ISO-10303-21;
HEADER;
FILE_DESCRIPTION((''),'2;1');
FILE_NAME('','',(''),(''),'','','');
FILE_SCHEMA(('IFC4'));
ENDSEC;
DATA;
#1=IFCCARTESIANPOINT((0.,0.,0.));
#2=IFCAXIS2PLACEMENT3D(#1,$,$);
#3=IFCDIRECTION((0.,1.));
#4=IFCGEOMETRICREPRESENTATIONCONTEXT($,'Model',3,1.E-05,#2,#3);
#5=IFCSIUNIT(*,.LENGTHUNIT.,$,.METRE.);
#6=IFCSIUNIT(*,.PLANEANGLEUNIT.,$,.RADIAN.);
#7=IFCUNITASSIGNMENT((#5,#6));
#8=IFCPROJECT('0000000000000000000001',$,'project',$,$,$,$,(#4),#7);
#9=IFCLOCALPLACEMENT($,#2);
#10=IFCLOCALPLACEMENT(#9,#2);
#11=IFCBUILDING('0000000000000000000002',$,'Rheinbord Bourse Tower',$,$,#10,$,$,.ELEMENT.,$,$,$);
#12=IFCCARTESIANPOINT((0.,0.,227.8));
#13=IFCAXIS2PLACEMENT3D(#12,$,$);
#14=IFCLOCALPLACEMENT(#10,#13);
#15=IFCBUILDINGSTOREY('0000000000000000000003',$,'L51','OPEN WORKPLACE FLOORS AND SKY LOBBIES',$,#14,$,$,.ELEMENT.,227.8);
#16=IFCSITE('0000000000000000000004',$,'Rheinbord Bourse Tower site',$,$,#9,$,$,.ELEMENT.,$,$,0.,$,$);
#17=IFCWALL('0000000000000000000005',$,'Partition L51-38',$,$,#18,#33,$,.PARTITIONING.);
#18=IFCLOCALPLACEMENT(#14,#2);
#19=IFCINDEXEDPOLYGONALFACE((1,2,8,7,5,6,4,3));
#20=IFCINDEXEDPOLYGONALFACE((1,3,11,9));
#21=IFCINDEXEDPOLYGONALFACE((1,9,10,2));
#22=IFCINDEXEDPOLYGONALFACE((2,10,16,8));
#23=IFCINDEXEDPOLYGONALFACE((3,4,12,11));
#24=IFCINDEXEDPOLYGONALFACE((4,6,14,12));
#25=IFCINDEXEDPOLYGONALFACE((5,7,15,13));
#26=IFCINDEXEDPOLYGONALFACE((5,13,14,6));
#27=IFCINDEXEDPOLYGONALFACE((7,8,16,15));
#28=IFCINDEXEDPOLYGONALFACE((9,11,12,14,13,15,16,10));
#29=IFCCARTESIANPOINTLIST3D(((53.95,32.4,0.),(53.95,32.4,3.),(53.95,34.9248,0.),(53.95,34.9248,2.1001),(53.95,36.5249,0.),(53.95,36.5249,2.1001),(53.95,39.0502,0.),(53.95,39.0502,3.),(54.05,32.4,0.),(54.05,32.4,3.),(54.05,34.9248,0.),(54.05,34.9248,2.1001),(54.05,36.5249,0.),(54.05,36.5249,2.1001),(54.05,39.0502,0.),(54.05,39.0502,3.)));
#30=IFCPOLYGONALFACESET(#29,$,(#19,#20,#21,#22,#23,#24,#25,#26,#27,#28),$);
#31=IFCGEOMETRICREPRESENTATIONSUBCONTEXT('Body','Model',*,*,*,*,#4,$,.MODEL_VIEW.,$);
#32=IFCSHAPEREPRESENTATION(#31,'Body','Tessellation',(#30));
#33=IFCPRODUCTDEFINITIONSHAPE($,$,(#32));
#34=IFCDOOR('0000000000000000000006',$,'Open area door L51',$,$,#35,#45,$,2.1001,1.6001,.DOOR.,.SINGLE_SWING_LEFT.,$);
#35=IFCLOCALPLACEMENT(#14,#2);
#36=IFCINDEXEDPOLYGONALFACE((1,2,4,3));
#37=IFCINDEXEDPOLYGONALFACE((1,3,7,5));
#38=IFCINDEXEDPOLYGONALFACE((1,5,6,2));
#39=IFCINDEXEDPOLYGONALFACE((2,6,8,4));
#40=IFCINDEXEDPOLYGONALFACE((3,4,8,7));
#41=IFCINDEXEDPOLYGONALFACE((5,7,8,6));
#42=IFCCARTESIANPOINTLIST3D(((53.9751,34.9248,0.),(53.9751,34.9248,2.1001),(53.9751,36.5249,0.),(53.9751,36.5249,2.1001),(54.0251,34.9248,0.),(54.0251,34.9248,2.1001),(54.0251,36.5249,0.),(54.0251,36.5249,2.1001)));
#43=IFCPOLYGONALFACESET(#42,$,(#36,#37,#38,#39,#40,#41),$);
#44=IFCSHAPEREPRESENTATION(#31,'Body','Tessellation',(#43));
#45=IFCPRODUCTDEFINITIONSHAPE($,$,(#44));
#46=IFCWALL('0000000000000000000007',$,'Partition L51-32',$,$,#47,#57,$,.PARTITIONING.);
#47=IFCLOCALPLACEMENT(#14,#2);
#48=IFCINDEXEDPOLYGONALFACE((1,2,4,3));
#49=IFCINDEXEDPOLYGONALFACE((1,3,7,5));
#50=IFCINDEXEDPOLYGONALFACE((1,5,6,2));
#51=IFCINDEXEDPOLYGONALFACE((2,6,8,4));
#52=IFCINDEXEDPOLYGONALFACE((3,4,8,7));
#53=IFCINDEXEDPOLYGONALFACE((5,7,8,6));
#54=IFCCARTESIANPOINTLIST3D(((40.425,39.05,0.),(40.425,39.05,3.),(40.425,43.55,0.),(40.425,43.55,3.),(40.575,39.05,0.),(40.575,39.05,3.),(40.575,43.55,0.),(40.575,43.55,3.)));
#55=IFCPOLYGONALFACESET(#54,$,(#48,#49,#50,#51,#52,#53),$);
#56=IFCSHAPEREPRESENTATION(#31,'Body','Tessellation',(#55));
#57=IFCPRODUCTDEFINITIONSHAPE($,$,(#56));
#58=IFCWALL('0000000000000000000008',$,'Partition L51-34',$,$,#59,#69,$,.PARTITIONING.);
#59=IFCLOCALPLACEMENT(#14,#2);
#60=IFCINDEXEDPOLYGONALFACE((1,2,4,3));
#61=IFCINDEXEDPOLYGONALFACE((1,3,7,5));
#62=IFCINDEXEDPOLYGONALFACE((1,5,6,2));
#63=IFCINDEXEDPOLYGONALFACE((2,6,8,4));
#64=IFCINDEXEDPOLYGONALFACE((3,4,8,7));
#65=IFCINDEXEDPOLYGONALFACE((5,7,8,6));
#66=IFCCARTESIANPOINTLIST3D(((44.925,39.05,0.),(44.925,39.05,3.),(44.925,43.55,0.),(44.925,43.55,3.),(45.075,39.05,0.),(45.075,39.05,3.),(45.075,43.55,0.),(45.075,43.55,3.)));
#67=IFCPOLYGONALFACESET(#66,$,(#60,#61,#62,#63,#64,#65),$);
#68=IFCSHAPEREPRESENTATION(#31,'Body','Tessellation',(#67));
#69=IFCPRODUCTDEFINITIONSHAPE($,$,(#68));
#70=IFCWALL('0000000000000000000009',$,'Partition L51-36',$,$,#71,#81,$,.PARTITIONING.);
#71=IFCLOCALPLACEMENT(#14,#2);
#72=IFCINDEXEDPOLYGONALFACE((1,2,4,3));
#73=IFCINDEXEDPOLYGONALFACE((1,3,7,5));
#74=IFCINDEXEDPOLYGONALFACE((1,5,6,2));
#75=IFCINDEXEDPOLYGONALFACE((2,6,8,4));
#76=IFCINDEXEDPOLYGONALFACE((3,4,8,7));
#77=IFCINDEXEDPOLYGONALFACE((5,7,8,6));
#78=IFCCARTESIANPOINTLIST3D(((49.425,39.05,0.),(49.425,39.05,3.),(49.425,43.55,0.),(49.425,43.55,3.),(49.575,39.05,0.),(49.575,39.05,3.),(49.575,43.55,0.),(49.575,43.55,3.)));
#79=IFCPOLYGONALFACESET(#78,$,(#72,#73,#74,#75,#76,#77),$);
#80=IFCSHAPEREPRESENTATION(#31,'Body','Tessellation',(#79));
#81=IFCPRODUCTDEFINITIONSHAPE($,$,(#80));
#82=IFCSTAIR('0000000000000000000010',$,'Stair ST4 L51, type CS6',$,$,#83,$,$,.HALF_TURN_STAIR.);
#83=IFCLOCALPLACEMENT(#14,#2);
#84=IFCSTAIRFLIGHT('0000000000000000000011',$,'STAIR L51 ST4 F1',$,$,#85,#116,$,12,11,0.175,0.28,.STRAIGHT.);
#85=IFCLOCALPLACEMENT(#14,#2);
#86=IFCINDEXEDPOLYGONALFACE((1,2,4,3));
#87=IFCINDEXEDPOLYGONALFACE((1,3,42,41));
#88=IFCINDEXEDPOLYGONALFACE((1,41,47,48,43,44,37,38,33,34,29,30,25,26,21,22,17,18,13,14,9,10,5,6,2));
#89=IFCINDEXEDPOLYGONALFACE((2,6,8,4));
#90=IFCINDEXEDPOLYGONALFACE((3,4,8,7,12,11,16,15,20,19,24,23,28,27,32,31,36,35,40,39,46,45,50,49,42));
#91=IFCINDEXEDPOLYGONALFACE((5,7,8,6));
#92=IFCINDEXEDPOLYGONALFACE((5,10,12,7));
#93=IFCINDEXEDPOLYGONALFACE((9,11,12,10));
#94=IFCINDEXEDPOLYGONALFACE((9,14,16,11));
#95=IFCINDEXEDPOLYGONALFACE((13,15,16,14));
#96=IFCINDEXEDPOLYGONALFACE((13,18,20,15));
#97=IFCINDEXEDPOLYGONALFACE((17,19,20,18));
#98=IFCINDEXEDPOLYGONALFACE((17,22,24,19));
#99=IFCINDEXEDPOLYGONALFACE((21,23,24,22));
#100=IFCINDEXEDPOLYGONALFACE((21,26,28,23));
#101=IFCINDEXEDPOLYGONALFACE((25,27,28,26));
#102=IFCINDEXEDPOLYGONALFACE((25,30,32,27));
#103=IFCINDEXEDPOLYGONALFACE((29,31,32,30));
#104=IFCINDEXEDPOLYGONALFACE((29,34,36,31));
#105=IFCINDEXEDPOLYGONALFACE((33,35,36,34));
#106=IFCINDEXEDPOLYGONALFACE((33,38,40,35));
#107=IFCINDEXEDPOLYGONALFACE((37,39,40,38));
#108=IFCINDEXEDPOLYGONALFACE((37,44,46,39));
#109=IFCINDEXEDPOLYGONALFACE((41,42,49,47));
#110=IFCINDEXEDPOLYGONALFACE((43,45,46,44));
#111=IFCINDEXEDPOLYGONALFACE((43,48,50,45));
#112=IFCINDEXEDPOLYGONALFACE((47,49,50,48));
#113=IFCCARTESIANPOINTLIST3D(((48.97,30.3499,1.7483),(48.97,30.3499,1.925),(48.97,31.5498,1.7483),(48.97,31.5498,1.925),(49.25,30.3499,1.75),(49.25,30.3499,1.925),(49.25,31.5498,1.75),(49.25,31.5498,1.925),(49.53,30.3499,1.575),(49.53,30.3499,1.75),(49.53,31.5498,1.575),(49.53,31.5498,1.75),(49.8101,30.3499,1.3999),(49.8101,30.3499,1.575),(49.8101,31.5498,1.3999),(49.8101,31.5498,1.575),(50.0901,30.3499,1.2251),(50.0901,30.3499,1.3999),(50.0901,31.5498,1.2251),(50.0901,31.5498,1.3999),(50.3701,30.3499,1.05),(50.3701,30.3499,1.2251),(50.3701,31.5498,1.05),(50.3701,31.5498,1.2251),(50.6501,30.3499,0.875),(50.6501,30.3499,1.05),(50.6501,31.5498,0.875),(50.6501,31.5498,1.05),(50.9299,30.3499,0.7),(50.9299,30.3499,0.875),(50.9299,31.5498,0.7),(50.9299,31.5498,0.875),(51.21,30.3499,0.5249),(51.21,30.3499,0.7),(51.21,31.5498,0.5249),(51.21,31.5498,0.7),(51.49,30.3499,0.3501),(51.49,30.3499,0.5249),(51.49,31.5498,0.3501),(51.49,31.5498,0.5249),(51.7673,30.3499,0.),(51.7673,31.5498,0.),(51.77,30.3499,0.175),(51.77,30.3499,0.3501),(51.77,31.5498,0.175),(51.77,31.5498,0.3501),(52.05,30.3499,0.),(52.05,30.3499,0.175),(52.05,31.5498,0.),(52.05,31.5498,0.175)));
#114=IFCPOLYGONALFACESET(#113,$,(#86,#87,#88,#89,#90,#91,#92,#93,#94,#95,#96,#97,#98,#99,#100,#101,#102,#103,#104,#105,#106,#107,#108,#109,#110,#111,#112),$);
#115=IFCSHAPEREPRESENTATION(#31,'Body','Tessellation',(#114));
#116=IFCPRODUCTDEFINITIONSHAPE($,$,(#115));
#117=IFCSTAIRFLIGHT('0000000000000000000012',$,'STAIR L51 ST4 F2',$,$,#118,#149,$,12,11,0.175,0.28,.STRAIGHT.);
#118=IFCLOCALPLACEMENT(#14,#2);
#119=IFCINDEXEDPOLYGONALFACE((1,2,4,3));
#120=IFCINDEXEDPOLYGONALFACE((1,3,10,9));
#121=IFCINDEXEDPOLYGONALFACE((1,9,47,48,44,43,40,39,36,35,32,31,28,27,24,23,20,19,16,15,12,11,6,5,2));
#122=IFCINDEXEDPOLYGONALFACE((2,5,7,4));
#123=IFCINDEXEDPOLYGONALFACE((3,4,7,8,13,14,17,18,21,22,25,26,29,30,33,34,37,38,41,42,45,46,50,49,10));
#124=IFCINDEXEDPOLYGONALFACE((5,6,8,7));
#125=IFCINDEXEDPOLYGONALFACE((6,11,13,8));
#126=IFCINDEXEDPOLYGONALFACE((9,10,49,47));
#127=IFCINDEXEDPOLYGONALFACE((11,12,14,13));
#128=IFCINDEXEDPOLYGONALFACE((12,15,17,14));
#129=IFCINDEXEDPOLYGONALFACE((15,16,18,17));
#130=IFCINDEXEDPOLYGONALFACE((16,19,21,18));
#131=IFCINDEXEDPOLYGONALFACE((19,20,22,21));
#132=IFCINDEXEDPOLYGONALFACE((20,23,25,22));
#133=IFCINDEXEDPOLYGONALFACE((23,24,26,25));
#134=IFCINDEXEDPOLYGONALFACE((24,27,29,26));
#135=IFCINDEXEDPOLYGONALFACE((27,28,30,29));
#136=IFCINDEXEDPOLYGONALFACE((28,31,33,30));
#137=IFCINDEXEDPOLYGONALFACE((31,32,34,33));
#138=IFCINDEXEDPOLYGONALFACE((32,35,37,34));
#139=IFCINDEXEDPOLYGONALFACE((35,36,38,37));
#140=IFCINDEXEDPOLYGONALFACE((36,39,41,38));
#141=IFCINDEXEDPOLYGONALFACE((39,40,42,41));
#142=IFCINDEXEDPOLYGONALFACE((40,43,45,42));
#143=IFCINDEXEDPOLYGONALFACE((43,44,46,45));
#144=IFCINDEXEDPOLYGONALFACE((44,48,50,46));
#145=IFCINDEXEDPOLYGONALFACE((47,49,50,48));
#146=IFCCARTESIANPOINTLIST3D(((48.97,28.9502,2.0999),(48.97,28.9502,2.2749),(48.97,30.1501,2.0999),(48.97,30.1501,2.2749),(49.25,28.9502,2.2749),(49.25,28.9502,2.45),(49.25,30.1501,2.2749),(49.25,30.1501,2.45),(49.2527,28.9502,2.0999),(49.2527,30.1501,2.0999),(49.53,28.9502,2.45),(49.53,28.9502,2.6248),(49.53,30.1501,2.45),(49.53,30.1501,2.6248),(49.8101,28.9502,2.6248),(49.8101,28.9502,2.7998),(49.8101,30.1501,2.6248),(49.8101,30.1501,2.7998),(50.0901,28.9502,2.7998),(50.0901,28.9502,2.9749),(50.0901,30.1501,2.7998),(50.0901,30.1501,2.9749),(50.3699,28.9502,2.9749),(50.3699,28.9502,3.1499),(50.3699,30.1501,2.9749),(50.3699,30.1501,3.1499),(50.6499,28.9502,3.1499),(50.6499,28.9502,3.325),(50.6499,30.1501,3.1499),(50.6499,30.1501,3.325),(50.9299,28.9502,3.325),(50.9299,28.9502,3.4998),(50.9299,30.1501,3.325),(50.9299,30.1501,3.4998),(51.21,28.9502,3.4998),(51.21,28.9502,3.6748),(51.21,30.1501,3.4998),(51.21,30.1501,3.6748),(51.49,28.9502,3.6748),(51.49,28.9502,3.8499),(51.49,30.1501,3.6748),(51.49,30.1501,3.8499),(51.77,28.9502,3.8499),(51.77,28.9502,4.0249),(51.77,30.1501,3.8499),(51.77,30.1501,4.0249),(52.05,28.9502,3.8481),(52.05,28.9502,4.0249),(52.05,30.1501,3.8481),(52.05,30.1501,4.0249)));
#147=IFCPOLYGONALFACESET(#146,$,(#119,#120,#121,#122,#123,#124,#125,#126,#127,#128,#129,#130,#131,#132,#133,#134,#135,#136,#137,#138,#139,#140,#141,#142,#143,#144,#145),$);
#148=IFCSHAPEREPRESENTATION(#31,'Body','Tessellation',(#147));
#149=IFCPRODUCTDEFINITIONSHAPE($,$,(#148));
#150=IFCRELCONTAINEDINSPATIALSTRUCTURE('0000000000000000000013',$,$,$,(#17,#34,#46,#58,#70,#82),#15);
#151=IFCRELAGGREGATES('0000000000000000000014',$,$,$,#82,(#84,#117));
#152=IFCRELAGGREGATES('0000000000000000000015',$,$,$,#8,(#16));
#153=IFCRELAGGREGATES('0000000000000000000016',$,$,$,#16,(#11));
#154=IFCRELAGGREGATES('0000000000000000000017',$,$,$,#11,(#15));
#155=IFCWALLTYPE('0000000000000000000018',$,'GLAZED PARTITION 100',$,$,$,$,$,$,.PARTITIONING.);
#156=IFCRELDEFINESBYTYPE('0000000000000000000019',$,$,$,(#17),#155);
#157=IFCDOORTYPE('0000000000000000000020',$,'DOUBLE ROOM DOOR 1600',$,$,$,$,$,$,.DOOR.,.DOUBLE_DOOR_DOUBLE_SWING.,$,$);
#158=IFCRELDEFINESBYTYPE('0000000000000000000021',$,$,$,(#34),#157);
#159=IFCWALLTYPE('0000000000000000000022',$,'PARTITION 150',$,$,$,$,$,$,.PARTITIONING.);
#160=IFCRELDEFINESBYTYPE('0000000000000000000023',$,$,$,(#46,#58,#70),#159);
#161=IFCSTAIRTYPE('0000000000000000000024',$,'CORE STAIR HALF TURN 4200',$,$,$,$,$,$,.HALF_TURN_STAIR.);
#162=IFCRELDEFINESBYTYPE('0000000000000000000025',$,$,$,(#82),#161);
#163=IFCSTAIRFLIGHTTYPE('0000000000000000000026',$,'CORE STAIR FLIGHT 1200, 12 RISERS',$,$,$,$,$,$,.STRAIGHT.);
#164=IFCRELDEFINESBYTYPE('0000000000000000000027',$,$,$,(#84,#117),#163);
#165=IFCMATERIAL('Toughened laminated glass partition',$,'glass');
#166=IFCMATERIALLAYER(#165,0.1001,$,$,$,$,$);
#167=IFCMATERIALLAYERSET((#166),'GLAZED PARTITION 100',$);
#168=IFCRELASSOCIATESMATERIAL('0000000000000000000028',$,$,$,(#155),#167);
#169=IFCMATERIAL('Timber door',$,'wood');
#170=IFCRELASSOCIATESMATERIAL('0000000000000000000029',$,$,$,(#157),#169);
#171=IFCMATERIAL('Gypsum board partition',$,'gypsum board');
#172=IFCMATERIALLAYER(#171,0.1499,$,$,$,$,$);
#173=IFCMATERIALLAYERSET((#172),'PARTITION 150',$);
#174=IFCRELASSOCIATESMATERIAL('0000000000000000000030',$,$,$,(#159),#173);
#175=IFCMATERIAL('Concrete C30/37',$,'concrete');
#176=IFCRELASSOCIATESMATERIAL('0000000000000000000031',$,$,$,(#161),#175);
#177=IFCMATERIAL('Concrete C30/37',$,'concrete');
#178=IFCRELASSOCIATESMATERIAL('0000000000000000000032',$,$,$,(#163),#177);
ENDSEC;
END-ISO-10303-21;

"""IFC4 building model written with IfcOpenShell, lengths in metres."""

from ifc_helpers import new_model, si_unit, direction, frame, frame_2d, origin, place, context, subcontext, project, spatial, polyline, rectangle, outline, extrude, material, layer, layer_set, type_object, element, fill, aggregate, save


model = new_model("IFC4")

# Units and contexts
model_context = context("Model", 3, precision=1e-05, world=origin(), true_north=direction((0.0, 1.0)))
body_context = subcontext(model_context, "Body", "Model", "MODEL_VIEW")
ifc_project = project(units=[si_unit("LENGTHUNIT", "METRE"), si_unit("PLANEANGLEUNIT", "RADIAN")], contexts=[model_context])

# Site, building, storey
site_placement = place(None, origin())
site = spatial("IfcSite", under=ifc_project, at=site_placement, Name="Rheinbord Bourse Tower site", CompositionType="ELEMENT", RefElevation=0.0)
building_placement = place(site_placement, origin())
building = spatial("IfcBuilding", under=site, at=building_placement, Name="Rheinbord Bourse Tower", CompositionType="ELEMENT")
storey_placement = place(building_placement, frame((0.0, 0.0, 227.8)))
storey = spatial("IfcBuildingStorey", under=building, at=storey_placement, Name="L51", Description="OPEN WORKPLACE FLOORS AND SKY LOBBIES", CompositionType="ELEMENT", Elevation=227.8)

# Wall, opening, door
ifc_material_1 = material(Name="Toughened laminated glass partition", Category="glass")
ifc_layer_1 = layer(ifc_material_1, 0.1001)
ifc_layer_set_1 = layer_set([ifc_layer_1], Name="GLAZED PARTITION 100")
wall_type_1 = type_object("IfcWallType", Name="GLAZED PARTITION 100", PredefinedType="PARTITIONING", material=ifc_layer_set_1)
wall_1_placement = place(storey_placement, frame((54.0, 32.3999, 0.0), z_axis=(0.0, 0.0, 1.0), x_axis=(0.0, 1.0, 0.0)))
wall_1 = element("IfcWall", 1, at=wall_1_placement, inside=storey, type_object=wall_type_1, Name="Partition L51-38", PredefinedType="PARTITIONING", context=body_context, shape_type="SweptSolid", body=[
    extrude(rectangle(XDim=6.6501, YDim=0.1001, at=frame_2d((3.3252, 0.0))), origin(), (0.0, 0.0, 1.0), 3.0),
])
opening_1_placement = place(wall_1_placement, frame((2.5249, 0.0, 0.0)))
opening_1 = element("IfcOpeningElement", 2, at=opening_1_placement, cuts=wall_1, PredefinedType="OPENING", context=body_context, shape_type="SweptSolid", body=[
    extrude(rectangle(XDim=1.6001, YDim=2.1001, at=frame_2d((0.8, 1.05))), frame((0.0, 0.0601, 0.0), z_axis=(0.0, -1.0, 0.0), x_axis=(1.0, 0.0, 0.0)), (0.0, 0.0, 1.0), 0.1201),
])
ifc_material_2 = material(Name="Timber door", Category="wood")
door_type_1 = type_object("IfcDoorType", Name="DOUBLE ROOM DOOR 1600", OperationType="DOUBLE_DOOR_DOUBLE_SWING", PredefinedType="DOOR", material=ifc_material_2)
door_1_placement = place(opening_1_placement, origin())
door_1 = element("IfcDoor", 3, at=door_1_placement, inside=storey, type_object=door_type_1, Name="Open area door L51", OperationType="SINGLE_SWING_LEFT", OverallHeight=2.1001, OverallWidth=1.6001, PredefinedType="DOOR", context=body_context, shape_type="SweptSolid", body=[
    extrude(rectangle(XDim=1.6001, YDim=2.1001, at=frame_2d((0.8, 1.05))), frame((0.0, 0.0249, 0.0), z_axis=(0.0, -1.0, 0.0), x_axis=(1.0, 0.0, 0.0)), (0.0, 0.0, 1.0), 0.05),
])
fill(opening_1, door_1)

# Walls
ifc_material_3 = material(Name="Gypsum board partition", Category="gypsum board")
ifc_layer_2 = layer(ifc_material_3, 0.1499)
ifc_layer_set_2 = layer_set([ifc_layer_2], Name="PARTITION 150")
wall_type_2 = type_object("IfcWallType", Name="PARTITION 150", PredefinedType="PARTITIONING", material=ifc_layer_set_2)
for number, where, z_axis, x_axis, name in (
    (4, (40.5, 39.05, 0.0), (0.0, 0.0, 1.0), (0.0, 1.0, 0.0), "Partition L51-32"),
    (5, (45.0, 39.05, 0.0), (0.0, 0.0, 1.0), (0.0, 1.0, 0.0), "Partition L51-34"),
    (6, (49.5, 39.05, 0.0), (0.0, 0.0, 1.0), (0.0, 1.0, 0.0), "Partition L51-36"),
):
    element("IfcWall", number, at=place(storey_placement, frame(where, z_axis=z_axis, x_axis=x_axis)), inside=storey, type_object=wall_type_2, Name=name, PredefinedType="PARTITIONING", context=body_context, shape_type="SweptSolid", body=[
        extrude(rectangle(XDim=4.5, YDim=0.1499, at=frame_2d((2.25, 0.0))), origin(), (0.0, 0.0, 1.0), 3.0),
    ])

# Stair, stair flights
ifc_material_4 = material(Name="Concrete C30/37", Category="concrete")
stair_type = type_object("IfcStairType", Name="CORE STAIR HALF TURN 4200", PredefinedType="HALF_TURN_STAIR", material=ifc_material_4)
stair_placement = place(storey_placement, origin())
stair = element("IfcStair", 7, at=stair_placement, inside=storey, type_object=stair_type, Name="Stair ST4 L51, type CS6", PredefinedType="HALF_TURN_STAIR")
ifc_material_5 = material(Name="Concrete C30/37", Category="concrete")
stair_flight_type = type_object("IfcStairFlightType", Name="CORE STAIR FLIGHT 1200, 12 RISERS", PredefinedType="STRAIGHT", material=ifc_material_5)
stair_flight_1_placement = place(storey_placement, frame((52.05, 30.95, 0.0), z_axis=(0.0, 0.0, 1.0), x_axis=(-1.0, 0.0, 0.0)))
stair_flight_1 = element("IfcStairFlight", 8, at=stair_flight_1_placement, type_object=stair_flight_type, Name="STAIR L51 ST4 F1", NumberOfRisers=12, NumberOfTreads=11, PredefinedType="STRAIGHT", RiserHeight=0.175, TreadLength=0.28, context=body_context, shape_type="SweptSolid", body=[
    extrude(outline(polyline([(0.0, 0.0), (0.0, 0.175), (0.28, 0.175), (0.28, 0.3501), (0.5601, 0.3501), (0.5601, 0.5249), (0.8401, 0.5249), (0.8401, 0.7), (1.1201, 0.7), (1.1201, 0.875), (1.3999, 0.875), (1.3999, 1.05), (1.6799, 1.05), (1.6799, 1.2251), (1.96, 1.2251), (1.96, 1.3999), (2.24, 1.3999), (2.24, 1.575), (2.52, 1.575), (2.52, 1.75), (2.8, 1.75), (2.8, 1.925), (3.0801, 1.925), (3.0801, 2.1001), (3.0801, 1.7483), (0.2827, 0.0), (0.0, 0.0)])), frame((0.0, 0.6001, 0.0), z_axis=(0.0, -1.0, 0.0), x_axis=(1.0, 0.0, 0.0)), (0.0, 0.0, 1.0), 1.2),
])
stair_flight_2_placement = place(storey_placement, frame((48.97, 29.55, 2.0999), z_axis=(0.0, 0.0, 1.0), x_axis=(1.0, 0.0, 0.0)))
stair_flight_2 = element("IfcStairFlight", 9, at=stair_flight_2_placement, type_object=stair_flight_type, Name="STAIR L51 ST4 F2", NumberOfRisers=12, NumberOfTreads=11, PredefinedType="STRAIGHT", RiserHeight=0.175, TreadLength=0.28, context=body_context, shape_type="SweptSolid", body=[
    extrude(outline(polyline([(0.0, 0.0), (0.0, 0.175), (0.28, 0.175), (0.28, 0.3501), (0.5601, 0.3501), (0.5601, 0.5249), (0.8401, 0.5249), (0.8401, 0.7), (1.1201, 0.7), (1.1201, 0.875), (1.3999, 0.875), (1.3999, 1.05), (1.6799, 1.05), (1.6799, 1.2251), (1.96, 1.2251), (1.96, 1.3999), (2.24, 1.3999), (2.24, 1.575), (2.52, 1.575), (2.52, 1.75), (2.8, 1.75), (2.8, 1.925), (3.0801, 1.925), (3.0801, 2.1001), (3.0801, 1.7483), (0.2827, 0.0), (0.0, 0.0)])), frame((0.0, 0.6001, 0.0), z_axis=(0.0, -1.0, 0.0), x_axis=(1.0, 0.0, 0.0)), (0.0, 0.0, 1.0), 1.2),
])
aggregate(stair, [stair_flight_1, stair_flight_2])

save(model, "model.ifc")
